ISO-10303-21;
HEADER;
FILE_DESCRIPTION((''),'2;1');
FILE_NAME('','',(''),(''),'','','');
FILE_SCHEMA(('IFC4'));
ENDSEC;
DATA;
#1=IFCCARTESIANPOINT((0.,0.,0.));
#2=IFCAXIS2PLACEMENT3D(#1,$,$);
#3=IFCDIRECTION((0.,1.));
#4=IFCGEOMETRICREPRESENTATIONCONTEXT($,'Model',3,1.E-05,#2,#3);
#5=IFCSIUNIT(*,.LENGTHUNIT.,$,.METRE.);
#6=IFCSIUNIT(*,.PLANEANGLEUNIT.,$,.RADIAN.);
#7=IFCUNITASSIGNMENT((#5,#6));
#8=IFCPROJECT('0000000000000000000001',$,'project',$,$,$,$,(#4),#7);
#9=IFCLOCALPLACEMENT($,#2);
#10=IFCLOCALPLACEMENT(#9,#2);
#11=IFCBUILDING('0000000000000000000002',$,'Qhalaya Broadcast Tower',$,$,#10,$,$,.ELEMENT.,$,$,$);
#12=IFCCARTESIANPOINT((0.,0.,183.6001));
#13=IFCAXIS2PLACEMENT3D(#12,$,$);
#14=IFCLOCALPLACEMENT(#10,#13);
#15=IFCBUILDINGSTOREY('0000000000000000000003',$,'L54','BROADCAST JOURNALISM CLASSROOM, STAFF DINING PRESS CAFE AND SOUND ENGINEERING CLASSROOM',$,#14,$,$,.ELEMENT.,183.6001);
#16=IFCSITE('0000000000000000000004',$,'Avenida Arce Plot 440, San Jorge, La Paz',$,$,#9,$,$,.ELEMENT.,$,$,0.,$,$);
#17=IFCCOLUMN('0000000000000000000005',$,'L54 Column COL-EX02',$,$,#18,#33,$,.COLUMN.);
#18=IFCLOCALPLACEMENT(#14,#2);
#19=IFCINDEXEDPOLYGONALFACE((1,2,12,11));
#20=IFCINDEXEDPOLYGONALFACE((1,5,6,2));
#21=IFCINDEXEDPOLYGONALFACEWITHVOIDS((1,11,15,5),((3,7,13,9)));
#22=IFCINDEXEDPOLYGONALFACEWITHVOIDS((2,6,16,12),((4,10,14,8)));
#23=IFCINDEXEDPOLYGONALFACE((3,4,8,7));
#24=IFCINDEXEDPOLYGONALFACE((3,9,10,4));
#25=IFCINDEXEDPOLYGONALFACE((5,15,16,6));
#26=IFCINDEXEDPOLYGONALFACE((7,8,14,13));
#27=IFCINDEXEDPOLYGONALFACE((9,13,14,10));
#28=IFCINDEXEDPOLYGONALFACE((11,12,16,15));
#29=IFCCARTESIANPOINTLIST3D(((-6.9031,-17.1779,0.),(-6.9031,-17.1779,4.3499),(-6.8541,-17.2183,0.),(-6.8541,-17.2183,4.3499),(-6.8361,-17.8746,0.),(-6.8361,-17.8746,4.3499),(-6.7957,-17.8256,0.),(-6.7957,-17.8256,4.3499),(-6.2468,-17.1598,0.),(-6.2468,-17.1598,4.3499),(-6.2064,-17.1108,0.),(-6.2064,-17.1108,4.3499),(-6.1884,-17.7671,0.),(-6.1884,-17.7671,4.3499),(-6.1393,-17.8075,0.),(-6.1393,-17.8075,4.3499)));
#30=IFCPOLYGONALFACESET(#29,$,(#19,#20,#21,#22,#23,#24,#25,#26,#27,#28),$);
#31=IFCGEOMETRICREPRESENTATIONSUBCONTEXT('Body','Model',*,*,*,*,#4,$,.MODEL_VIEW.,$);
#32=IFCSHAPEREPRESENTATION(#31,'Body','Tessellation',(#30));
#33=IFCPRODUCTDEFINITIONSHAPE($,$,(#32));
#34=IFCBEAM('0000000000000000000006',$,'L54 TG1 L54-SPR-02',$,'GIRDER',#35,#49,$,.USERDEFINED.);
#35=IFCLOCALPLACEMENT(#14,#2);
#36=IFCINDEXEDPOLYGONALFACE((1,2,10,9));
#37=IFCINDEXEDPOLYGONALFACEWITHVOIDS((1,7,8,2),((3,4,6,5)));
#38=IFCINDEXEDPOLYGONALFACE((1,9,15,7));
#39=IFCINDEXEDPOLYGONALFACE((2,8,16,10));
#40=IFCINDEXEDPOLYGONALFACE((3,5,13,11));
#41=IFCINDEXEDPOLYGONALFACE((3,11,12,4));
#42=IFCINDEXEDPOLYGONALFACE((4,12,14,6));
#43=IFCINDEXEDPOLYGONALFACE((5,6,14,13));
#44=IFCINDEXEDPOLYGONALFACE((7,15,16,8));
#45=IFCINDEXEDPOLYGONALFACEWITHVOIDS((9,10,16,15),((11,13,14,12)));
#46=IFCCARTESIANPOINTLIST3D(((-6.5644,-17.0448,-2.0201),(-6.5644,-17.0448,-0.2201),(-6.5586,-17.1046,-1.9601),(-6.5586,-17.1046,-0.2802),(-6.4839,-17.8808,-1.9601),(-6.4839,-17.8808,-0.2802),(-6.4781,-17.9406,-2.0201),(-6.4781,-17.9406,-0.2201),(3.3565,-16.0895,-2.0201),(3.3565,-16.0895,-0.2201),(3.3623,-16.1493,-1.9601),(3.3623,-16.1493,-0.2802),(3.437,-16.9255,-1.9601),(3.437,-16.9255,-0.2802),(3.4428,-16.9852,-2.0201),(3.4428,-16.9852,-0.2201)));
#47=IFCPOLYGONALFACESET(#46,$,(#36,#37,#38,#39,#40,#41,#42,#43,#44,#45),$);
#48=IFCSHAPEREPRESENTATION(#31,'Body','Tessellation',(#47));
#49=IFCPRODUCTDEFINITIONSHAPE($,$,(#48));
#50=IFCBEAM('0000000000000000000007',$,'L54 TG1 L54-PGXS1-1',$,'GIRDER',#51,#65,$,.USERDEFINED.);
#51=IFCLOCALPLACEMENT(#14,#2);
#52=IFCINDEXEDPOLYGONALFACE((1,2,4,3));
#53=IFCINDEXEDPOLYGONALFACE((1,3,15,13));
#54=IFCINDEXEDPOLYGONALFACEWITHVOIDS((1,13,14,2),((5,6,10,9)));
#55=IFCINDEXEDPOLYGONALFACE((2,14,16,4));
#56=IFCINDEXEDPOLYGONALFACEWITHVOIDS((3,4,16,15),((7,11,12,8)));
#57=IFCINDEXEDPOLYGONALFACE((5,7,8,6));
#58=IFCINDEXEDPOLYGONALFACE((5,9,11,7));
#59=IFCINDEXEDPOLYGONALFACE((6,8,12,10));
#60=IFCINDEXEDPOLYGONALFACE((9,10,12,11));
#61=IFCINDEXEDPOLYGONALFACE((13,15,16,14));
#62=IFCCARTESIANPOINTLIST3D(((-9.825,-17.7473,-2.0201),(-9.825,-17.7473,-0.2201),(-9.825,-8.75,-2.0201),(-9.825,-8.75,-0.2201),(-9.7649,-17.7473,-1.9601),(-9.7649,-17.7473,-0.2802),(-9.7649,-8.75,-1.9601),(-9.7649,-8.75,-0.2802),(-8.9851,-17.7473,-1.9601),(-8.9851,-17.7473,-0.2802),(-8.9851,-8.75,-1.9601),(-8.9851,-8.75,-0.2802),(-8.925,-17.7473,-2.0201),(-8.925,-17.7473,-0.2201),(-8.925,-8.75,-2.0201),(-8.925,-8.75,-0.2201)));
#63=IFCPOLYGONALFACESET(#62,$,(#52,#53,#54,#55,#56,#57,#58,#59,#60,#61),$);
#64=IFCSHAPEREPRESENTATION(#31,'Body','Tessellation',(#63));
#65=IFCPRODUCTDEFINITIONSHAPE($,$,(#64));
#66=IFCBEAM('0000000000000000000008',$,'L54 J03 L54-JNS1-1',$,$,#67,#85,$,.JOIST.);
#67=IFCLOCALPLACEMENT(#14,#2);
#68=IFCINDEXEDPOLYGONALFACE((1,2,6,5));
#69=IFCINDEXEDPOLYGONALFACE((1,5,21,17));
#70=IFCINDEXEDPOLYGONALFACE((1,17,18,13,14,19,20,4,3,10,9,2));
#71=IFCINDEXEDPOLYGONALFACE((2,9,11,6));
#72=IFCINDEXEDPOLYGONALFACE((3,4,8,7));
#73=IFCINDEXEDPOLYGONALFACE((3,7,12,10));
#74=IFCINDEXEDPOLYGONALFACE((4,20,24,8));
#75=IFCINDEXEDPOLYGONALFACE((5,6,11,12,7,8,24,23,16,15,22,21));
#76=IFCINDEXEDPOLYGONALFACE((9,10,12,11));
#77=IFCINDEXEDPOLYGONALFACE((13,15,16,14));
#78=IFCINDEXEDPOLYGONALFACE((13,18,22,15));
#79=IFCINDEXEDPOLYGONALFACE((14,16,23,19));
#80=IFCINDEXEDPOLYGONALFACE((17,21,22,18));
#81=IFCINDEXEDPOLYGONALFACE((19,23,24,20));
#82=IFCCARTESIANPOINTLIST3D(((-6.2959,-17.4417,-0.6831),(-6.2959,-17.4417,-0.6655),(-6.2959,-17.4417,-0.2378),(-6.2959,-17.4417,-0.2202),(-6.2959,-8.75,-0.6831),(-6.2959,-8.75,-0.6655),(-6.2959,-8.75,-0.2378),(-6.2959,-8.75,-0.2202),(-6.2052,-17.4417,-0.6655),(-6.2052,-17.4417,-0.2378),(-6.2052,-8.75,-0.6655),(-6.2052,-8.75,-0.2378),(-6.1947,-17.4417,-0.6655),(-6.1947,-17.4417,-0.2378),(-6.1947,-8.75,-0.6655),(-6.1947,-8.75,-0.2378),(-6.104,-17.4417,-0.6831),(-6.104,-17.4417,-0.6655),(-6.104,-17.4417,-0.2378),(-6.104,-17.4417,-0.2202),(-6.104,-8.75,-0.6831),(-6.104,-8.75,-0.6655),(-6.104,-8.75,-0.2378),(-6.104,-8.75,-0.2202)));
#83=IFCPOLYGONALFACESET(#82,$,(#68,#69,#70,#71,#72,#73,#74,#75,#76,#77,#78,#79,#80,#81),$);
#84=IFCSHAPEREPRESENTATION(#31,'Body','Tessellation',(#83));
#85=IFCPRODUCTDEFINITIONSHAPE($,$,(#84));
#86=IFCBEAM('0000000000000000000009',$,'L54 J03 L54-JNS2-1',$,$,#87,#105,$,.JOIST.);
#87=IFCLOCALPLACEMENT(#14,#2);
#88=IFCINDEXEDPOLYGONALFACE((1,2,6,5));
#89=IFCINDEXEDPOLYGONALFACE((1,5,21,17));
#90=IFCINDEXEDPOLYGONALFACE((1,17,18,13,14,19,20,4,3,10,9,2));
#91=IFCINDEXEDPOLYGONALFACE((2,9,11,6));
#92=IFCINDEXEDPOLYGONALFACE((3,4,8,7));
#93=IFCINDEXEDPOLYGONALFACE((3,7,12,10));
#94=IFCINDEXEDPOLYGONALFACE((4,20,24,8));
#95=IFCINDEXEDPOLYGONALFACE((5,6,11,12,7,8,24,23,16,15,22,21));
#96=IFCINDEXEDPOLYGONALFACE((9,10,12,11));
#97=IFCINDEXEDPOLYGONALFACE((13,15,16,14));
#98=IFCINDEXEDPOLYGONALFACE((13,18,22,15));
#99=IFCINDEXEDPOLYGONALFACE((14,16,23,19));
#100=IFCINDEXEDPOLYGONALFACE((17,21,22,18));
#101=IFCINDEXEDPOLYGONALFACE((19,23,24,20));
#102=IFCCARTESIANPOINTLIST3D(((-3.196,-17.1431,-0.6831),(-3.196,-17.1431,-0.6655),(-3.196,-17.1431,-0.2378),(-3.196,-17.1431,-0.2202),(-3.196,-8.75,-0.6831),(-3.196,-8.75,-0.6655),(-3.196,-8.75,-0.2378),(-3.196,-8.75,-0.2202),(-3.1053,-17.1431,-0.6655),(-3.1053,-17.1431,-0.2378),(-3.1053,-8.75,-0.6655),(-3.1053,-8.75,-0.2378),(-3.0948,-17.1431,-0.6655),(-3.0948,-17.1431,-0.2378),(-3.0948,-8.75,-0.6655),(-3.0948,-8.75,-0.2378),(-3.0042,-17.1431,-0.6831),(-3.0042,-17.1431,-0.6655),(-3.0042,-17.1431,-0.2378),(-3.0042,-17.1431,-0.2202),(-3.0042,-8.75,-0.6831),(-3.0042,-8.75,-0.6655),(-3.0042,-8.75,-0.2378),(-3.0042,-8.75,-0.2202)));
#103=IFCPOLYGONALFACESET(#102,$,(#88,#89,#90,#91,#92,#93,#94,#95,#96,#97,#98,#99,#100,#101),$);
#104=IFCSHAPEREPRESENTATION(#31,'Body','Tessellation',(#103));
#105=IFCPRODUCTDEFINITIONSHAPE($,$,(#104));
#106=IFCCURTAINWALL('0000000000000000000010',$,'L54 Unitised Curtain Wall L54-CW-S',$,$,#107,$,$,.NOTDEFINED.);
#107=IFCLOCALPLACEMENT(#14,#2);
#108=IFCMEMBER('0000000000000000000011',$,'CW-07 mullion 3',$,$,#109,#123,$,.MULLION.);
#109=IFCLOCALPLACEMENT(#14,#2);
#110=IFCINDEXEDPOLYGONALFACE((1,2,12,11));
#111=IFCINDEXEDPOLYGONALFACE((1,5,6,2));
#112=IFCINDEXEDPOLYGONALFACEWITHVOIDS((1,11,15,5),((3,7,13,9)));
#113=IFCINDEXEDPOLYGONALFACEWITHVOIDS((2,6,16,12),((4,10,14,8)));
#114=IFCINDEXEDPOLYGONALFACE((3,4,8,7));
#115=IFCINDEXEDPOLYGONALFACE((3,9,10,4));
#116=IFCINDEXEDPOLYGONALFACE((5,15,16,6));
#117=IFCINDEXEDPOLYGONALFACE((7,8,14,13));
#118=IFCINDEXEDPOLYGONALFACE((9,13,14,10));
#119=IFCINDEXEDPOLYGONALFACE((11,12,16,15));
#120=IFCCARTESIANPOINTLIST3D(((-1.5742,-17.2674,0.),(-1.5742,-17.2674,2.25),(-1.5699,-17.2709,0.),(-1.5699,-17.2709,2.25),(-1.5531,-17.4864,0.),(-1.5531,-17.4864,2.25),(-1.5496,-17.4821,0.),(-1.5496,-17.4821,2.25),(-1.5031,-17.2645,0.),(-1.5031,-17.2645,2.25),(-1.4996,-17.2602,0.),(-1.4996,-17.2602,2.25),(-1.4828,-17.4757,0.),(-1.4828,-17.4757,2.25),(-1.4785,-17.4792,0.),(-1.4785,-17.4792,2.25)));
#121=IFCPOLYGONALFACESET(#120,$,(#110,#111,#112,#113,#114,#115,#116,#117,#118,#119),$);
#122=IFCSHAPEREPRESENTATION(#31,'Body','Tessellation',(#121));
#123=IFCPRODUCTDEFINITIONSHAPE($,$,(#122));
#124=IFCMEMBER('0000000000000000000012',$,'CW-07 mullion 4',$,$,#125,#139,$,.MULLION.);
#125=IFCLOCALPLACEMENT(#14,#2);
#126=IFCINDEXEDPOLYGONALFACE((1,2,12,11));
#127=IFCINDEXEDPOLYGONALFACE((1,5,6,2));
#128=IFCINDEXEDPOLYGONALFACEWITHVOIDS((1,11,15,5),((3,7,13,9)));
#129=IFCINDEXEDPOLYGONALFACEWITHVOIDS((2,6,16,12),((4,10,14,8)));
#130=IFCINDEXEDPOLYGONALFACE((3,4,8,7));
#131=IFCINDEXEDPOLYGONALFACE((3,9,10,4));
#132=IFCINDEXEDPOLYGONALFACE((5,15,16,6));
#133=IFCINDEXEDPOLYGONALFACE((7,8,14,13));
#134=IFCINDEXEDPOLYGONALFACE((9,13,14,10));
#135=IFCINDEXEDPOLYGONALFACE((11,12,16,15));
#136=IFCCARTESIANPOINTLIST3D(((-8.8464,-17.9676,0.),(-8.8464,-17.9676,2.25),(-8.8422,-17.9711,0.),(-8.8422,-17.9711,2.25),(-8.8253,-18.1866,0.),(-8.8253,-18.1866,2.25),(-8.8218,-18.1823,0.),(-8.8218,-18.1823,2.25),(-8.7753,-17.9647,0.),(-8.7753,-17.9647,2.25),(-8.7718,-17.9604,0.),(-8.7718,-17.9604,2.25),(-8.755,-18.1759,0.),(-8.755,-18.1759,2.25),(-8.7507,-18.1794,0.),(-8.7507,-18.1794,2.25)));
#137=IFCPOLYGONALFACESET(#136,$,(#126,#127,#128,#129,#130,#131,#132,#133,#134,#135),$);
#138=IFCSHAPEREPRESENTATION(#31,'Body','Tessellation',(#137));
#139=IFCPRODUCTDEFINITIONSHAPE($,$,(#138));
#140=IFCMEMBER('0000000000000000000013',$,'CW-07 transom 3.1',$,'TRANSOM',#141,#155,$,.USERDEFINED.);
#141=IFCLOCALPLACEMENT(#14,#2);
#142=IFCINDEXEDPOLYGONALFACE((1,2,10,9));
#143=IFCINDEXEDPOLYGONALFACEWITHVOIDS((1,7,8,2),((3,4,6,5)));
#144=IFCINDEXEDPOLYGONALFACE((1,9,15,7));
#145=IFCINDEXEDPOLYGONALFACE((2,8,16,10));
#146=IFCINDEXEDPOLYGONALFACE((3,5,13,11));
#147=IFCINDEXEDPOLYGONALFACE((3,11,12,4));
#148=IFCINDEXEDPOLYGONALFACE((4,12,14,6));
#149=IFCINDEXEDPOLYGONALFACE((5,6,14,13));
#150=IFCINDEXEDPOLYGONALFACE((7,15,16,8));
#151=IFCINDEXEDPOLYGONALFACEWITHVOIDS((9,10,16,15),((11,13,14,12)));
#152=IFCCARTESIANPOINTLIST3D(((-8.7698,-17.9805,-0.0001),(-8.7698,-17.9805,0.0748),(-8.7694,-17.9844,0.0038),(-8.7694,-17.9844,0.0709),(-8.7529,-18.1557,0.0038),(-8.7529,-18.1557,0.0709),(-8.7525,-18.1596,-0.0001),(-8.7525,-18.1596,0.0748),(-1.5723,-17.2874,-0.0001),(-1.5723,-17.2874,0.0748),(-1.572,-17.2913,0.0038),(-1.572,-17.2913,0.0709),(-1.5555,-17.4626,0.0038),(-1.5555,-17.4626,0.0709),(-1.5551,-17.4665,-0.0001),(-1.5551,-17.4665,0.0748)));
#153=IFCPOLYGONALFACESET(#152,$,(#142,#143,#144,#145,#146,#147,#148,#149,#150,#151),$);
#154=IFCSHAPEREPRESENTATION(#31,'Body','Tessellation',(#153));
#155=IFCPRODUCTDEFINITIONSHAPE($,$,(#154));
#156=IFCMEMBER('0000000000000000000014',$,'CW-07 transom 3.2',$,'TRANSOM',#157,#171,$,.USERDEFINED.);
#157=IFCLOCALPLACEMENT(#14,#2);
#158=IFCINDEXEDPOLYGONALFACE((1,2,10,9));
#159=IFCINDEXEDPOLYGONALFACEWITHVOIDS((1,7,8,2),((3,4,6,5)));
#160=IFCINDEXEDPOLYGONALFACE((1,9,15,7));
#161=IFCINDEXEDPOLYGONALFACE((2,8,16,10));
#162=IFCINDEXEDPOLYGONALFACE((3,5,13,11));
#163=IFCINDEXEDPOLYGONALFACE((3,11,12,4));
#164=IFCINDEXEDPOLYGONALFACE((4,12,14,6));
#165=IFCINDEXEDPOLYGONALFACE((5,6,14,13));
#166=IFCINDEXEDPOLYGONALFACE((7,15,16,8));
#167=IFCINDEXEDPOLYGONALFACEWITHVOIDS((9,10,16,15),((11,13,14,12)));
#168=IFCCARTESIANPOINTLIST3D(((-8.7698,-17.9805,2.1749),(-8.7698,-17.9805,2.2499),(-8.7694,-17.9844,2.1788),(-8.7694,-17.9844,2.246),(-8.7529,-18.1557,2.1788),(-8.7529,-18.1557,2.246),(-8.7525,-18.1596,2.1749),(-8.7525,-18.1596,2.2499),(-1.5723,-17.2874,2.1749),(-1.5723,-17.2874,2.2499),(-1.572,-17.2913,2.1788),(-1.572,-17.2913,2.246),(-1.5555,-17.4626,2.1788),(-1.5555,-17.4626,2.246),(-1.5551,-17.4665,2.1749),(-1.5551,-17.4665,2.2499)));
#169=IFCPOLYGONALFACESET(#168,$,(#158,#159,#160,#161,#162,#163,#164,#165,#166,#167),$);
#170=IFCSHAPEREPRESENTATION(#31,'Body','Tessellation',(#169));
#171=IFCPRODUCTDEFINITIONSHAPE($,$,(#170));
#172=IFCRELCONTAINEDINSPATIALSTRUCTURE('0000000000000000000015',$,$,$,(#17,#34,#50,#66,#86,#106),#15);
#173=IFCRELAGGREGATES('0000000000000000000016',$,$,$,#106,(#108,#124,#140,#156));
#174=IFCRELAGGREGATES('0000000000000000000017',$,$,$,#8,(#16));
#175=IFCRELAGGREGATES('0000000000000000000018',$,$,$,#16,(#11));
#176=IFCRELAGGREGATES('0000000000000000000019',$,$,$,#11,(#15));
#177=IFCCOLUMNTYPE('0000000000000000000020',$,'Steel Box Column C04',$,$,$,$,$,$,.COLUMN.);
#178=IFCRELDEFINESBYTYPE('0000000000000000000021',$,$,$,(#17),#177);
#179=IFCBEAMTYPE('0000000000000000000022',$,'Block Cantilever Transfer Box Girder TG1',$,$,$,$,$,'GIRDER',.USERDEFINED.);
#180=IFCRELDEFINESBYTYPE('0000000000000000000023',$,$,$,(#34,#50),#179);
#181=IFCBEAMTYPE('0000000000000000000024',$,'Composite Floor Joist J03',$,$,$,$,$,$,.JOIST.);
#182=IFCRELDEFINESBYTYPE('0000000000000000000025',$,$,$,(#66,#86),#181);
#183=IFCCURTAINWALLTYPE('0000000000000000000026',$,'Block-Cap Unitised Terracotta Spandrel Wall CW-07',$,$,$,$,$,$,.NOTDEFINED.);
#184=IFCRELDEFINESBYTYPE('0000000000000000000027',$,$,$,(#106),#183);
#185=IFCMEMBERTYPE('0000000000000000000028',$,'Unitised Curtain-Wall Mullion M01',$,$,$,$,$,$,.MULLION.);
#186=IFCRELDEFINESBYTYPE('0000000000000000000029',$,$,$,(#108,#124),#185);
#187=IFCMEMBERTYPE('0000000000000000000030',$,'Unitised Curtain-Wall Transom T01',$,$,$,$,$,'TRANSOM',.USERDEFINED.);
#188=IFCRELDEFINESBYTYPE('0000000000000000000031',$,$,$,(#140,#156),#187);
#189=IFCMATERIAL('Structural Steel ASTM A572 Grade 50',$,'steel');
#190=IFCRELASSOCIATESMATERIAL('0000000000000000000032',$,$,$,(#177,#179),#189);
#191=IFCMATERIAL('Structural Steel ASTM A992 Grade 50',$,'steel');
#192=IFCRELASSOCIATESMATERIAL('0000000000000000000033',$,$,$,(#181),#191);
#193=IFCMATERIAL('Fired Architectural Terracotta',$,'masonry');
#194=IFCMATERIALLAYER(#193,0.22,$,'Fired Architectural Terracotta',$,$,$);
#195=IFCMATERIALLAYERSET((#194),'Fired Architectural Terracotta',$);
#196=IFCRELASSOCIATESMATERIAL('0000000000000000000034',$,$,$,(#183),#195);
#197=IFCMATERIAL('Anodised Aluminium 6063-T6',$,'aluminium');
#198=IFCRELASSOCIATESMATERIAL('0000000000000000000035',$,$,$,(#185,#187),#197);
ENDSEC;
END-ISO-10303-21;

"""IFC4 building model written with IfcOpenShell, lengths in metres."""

from ifc_helpers import new_model, si_unit, direction, frame, origin, origin_2d, place, context, subcontext, project, spatial, hollow_rectangle, i_section, extrude, material, layer, layer_set, material_profile, profile_set, type_object, element, aggregate, save


model = new_model("IFC4")

# Units and contexts
model_context = context("Model", 3, precision=1e-05, world=origin(), true_north=direction((0.0, 1.0)))
body_context = subcontext(model_context, "Body", "Model", "MODEL_VIEW")
ifc_project = project(units=[si_unit("LENGTHUNIT", "METRE"), si_unit("PLANEANGLEUNIT", "RADIAN")], contexts=[model_context])

# Site, building, storey
site_placement = place(None, origin())
site = spatial("IfcSite", under=ifc_project, at=site_placement, Name="Avenida Arce Plot 440, San Jorge, La Paz", CompositionType="ELEMENT", RefElevation=0.0)
building_placement = place(site_placement, origin())
building = spatial("IfcBuilding", under=site, at=building_placement, Name="Qhalaya Broadcast Tower", CompositionType="ELEMENT")
storey_placement = place(building_placement, frame((0.0, 0.0, 183.6001)))
storey = spatial("IfcBuildingStorey", under=building, at=storey_placement, Name="L54", Description="BROADCAST JOURNALISM CLASSROOM, STAFF DINING PRESS CAFE AND SOUND ENGINEERING CLASSROOM", CompositionType="ELEMENT", Elevation=183.6001)

# Column
ifc_material_1 = material(Name="Structural Steel ASTM A572 Grade 50", Category="steel")
ifc_material_profile_1 = material_profile(ifc_material_1, hollow_rectangle(XDim=0.7, YDim=0.7, WallThickness=0.0449, at=origin_2d()), Name="BOX 700x700x45")
ifc_profile_set_1 = profile_set([ifc_material_profile_1], Name="Structural Steel ASTM A572 Grade 50")
column_type = type_object("IfcColumnType", Name="Steel Box Column C04", PredefinedType="COLUMN", material=ifc_profile_set_1)
column_placement = place(storey_placement, frame((-6.5212, -17.4927, 0.0), z_axis=(0.0, 0.0, 1.0), x_axis=(0.995396, 0.095846, 0.0)))
element("IfcColumn", 1, at=column_placement, inside=storey, type_object=column_type, Name="L54 Column COL-EX02", PredefinedType="COLUMN", context=body_context, shape_type="SweptSolid", body=[
    extrude(hollow_rectangle(XDim=0.7, YDim=0.7, WallThickness=0.0449, at=origin_2d()), origin(), (0.0, 0.0, 1.0), 4.3499),
])

# Beams
ifc_material_profile_2 = material_profile(ifc_material_1, hollow_rectangle(XDim=0.8999, YDim=1.8, WallThickness=0.0601, at=origin_2d()), Name="BOX 900x1800x60")
ifc_profile_set_2 = profile_set([ifc_material_profile_2], Name="Structural Steel ASTM A572 Grade 50")
beam_type_1 = type_object("IfcBeamType", Name="Block Cantilever Transfer Box Girder TG1", ElementType="GIRDER", PredefinedType="USERDEFINED", material=ifc_profile_set_2)
beam_1_placement = place(storey_placement, frame((-6.5212, -17.4927, -1.1201), z_axis=(0.995396, 0.095851, 0.0), x_axis=(-0.095851, 0.995396, 0.0)))
element("IfcBeam", 2, at=beam_1_placement, inside=storey, type_object=beam_type_1, Name="L54 TG1 L54-SPR-02", ObjectType="GIRDER", PredefinedType="USERDEFINED", context=body_context, shape_type="SweptSolid", body=[
    extrude(hollow_rectangle(XDim=0.8999, YDim=1.8, WallThickness=0.0601, at=origin_2d()), origin(), (0.0, 0.0, 1.0), 9.9668),
])
beam_2_placement = place(storey_placement, frame((-9.375, -17.7473, -1.1201), z_axis=(0.0, 1.0, 0.0), x_axis=(-1.0, 0.0, 0.0)))
element("IfcBeam", 3, at=beam_2_placement, inside=storey, type_object=beam_type_1, Name="L54 TG1 L54-PGXS1-1", ObjectType="GIRDER", PredefinedType="USERDEFINED", context=body_context, shape_type="SweptSolid", body=[
    extrude(hollow_rectangle(XDim=0.8999, YDim=1.8, WallThickness=0.0601, at=origin_2d()), origin(), (0.0, 0.0, 1.0), 8.9973),
])
ifc_material_2 = material(Name="Structural Steel ASTM A992 Grade 50", Category="steel")
ifc_material_profile_3 = material_profile(ifc_material_2, i_section(OverallWidth=0.1919, OverallDepth=0.4629, WebThickness=0.0105, FlangeThickness=0.0176, at=origin_2d()), Name="W18X60")
ifc_profile_set_3 = profile_set([ifc_material_profile_3], Name="Structural Steel ASTM A992 Grade 50")
beam_type_2 = type_object("IfcBeamType", Name="Composite Floor Joist J03", PredefinedType="JOIST", material=ifc_profile_set_3)
beam_3_placement = place(storey_placement, frame((-6.2, -17.4417, -0.4517), z_axis=(0.0, 1.0, 0.0), x_axis=(-1.0, 0.0, 0.0)))
element("IfcBeam", 4, at=beam_3_placement, inside=storey, type_object=beam_type_2, Name="L54 J03 L54-JNS1-1", PredefinedType="JOIST", context=body_context, shape_type="SweptSolid", body=[
    extrude(i_section(OverallWidth=0.1919, OverallDepth=0.4629, WebThickness=0.0105, FlangeThickness=0.0176, at=origin_2d()), origin(), (0.0, 0.0, 1.0), 8.6917),
])
beam_4_placement = place(storey_placement, frame((-3.1001, -17.1431, -0.4517), z_axis=(0.0, 1.0, 0.0), x_axis=(-1.0, 0.0, 0.0)))
element("IfcBeam", 5, at=beam_4_placement, inside=storey, type_object=beam_type_2, Name="L54 J03 L54-JNS2-1", PredefinedType="JOIST", context=body_context, shape_type="SweptSolid", body=[
    extrude(i_section(OverallWidth=0.1919, OverallDepth=0.4629, WebThickness=0.0105, FlangeThickness=0.0176, at=origin_2d()), origin(), (0.0, 0.0, 1.0), 8.3931),
])

# Curtain wall, members
ifc_material_3 = material(Name="Fired Architectural Terracotta", Category="masonry")
ifc_layer_1 = layer(ifc_material_3, 0.22, Name="Fired Architectural Terracotta")
ifc_layer_set_1 = layer_set([ifc_layer_1], Name="Fired Architectural Terracotta")
curtain_wall_type = type_object("IfcCurtainWallType", Name="Block-Cap Unitised Terracotta Spandrel Wall CW-07", PredefinedType="NOTDEFINED", material=ifc_layer_set_1)
curtain_wall_placement = place(storey_placement, origin())
curtain_wall = element("IfcCurtainWall", 6, at=curtain_wall_placement, inside=storey, type_object=curtain_wall_type, Name="L54 Unitised Curtain Wall L54-CW-S", PredefinedType="NOTDEFINED")
ifc_material_4 = material(Name="Anodised Aluminium 6063-T6", Category="aluminium")
ifc_material_profile_4 = material_profile(ifc_material_4, hollow_rectangle(XDim=0.075, YDim=0.22, WallThickness=0.0039, at=origin_2d()), Name="ALU-MUL 75x220x4")
ifc_profile_set_4 = profile_set([ifc_material_profile_4], Name="Anodised Aluminium 6063-T6")
member_type_1 = type_object("IfcMemberType", Name="Unitised Curtain-Wall Mullion M01", PredefinedType="MULLION", material=ifc_profile_set_4)
member_1_placement = place(storey_placement, frame((-1.5264, -17.3733, 0.0), z_axis=(0.0, 0.0, 1.0), x_axis=(-0.995396, -0.095846, 0.0)))
member_1 = element("IfcMember", 7, at=member_1_placement, type_object=member_type_1, Name="CW-07 mullion 3", PredefinedType="MULLION", context=body_context, shape_type="SweptSolid", body=[
    extrude(hollow_rectangle(XDim=0.075, YDim=0.22, WallThickness=0.0039, at=origin_2d()), origin(), (0.0, 0.0, 1.0), 2.25),
])
member_2_placement = place(storey_placement, frame((-8.7986, -18.0735, 0.0), z_axis=(0.0, 0.0, 1.0), x_axis=(-0.995396, -0.095846, 0.0)))
member_2 = element("IfcMember", 8, at=member_2_placement, type_object=member_type_1, Name="CW-07 mullion 4", PredefinedType="MULLION", context=body_context, shape_type="SweptSolid", body=[
    extrude(hollow_rectangle(XDim=0.075, YDim=0.22, WallThickness=0.0039, at=origin_2d()), origin(), (0.0, 0.0, 1.0), 2.25),
])
ifc_material_profile_5 = material_profile(ifc_material_4, hollow_rectangle(XDim=0.075, YDim=0.1799, WallThickness=0.0039, at=origin_2d()), Name="ALU-TRN 75x180x4")
ifc_profile_set_5 = profile_set([ifc_material_profile_5], Name="Anodised Aluminium 6063-T6")
member_type_2 = type_object("IfcMemberType", Name="Unitised Curtain-Wall Transom T01", ElementType="TRANSOM", PredefinedType="USERDEFINED", material=ifc_profile_set_5)
member_3_placement = place(storey_placement, frame((-1.5637, -17.377, 0.0374), z_axis=(-0.995395, -0.095856, 0.0), x_axis=(0.0, 0.0, 1.0)))
member_3 = element("IfcMember", 9, at=member_3_placement, type_object=member_type_2, Name="CW-07 transom 3.1", ObjectType="TRANSOM", PredefinedType="USERDEFINED", context=body_context, shape_type="SweptSolid", body=[
    extrude(hollow_rectangle(XDim=0.075, YDim=0.1799, WallThickness=0.0039, at=origin_2d()), origin(), (0.0, 0.0, 1.0), 7.2307),
])
member_4_placement = place(storey_placement, frame((-1.5637, -17.377, 2.2124), z_axis=(-0.995395, -0.095856, 0.0), x_axis=(0.0, 0.0, 1.0)))
member_4 = element("IfcMember", 10, at=member_4_placement, type_object=member_type_2, Name="CW-07 transom 3.2", ObjectType="TRANSOM", PredefinedType="USERDEFINED", context=body_context, shape_type="SweptSolid", body=[
    extrude(hollow_rectangle(XDim=0.075, YDim=0.1799, WallThickness=0.0039, at=origin_2d()), origin(), (0.0, 0.0, 1.0), 7.2307),
])

aggregate(curtain_wall, [member_1, member_2, member_3, member_4])

save(model, "model.ifc")
